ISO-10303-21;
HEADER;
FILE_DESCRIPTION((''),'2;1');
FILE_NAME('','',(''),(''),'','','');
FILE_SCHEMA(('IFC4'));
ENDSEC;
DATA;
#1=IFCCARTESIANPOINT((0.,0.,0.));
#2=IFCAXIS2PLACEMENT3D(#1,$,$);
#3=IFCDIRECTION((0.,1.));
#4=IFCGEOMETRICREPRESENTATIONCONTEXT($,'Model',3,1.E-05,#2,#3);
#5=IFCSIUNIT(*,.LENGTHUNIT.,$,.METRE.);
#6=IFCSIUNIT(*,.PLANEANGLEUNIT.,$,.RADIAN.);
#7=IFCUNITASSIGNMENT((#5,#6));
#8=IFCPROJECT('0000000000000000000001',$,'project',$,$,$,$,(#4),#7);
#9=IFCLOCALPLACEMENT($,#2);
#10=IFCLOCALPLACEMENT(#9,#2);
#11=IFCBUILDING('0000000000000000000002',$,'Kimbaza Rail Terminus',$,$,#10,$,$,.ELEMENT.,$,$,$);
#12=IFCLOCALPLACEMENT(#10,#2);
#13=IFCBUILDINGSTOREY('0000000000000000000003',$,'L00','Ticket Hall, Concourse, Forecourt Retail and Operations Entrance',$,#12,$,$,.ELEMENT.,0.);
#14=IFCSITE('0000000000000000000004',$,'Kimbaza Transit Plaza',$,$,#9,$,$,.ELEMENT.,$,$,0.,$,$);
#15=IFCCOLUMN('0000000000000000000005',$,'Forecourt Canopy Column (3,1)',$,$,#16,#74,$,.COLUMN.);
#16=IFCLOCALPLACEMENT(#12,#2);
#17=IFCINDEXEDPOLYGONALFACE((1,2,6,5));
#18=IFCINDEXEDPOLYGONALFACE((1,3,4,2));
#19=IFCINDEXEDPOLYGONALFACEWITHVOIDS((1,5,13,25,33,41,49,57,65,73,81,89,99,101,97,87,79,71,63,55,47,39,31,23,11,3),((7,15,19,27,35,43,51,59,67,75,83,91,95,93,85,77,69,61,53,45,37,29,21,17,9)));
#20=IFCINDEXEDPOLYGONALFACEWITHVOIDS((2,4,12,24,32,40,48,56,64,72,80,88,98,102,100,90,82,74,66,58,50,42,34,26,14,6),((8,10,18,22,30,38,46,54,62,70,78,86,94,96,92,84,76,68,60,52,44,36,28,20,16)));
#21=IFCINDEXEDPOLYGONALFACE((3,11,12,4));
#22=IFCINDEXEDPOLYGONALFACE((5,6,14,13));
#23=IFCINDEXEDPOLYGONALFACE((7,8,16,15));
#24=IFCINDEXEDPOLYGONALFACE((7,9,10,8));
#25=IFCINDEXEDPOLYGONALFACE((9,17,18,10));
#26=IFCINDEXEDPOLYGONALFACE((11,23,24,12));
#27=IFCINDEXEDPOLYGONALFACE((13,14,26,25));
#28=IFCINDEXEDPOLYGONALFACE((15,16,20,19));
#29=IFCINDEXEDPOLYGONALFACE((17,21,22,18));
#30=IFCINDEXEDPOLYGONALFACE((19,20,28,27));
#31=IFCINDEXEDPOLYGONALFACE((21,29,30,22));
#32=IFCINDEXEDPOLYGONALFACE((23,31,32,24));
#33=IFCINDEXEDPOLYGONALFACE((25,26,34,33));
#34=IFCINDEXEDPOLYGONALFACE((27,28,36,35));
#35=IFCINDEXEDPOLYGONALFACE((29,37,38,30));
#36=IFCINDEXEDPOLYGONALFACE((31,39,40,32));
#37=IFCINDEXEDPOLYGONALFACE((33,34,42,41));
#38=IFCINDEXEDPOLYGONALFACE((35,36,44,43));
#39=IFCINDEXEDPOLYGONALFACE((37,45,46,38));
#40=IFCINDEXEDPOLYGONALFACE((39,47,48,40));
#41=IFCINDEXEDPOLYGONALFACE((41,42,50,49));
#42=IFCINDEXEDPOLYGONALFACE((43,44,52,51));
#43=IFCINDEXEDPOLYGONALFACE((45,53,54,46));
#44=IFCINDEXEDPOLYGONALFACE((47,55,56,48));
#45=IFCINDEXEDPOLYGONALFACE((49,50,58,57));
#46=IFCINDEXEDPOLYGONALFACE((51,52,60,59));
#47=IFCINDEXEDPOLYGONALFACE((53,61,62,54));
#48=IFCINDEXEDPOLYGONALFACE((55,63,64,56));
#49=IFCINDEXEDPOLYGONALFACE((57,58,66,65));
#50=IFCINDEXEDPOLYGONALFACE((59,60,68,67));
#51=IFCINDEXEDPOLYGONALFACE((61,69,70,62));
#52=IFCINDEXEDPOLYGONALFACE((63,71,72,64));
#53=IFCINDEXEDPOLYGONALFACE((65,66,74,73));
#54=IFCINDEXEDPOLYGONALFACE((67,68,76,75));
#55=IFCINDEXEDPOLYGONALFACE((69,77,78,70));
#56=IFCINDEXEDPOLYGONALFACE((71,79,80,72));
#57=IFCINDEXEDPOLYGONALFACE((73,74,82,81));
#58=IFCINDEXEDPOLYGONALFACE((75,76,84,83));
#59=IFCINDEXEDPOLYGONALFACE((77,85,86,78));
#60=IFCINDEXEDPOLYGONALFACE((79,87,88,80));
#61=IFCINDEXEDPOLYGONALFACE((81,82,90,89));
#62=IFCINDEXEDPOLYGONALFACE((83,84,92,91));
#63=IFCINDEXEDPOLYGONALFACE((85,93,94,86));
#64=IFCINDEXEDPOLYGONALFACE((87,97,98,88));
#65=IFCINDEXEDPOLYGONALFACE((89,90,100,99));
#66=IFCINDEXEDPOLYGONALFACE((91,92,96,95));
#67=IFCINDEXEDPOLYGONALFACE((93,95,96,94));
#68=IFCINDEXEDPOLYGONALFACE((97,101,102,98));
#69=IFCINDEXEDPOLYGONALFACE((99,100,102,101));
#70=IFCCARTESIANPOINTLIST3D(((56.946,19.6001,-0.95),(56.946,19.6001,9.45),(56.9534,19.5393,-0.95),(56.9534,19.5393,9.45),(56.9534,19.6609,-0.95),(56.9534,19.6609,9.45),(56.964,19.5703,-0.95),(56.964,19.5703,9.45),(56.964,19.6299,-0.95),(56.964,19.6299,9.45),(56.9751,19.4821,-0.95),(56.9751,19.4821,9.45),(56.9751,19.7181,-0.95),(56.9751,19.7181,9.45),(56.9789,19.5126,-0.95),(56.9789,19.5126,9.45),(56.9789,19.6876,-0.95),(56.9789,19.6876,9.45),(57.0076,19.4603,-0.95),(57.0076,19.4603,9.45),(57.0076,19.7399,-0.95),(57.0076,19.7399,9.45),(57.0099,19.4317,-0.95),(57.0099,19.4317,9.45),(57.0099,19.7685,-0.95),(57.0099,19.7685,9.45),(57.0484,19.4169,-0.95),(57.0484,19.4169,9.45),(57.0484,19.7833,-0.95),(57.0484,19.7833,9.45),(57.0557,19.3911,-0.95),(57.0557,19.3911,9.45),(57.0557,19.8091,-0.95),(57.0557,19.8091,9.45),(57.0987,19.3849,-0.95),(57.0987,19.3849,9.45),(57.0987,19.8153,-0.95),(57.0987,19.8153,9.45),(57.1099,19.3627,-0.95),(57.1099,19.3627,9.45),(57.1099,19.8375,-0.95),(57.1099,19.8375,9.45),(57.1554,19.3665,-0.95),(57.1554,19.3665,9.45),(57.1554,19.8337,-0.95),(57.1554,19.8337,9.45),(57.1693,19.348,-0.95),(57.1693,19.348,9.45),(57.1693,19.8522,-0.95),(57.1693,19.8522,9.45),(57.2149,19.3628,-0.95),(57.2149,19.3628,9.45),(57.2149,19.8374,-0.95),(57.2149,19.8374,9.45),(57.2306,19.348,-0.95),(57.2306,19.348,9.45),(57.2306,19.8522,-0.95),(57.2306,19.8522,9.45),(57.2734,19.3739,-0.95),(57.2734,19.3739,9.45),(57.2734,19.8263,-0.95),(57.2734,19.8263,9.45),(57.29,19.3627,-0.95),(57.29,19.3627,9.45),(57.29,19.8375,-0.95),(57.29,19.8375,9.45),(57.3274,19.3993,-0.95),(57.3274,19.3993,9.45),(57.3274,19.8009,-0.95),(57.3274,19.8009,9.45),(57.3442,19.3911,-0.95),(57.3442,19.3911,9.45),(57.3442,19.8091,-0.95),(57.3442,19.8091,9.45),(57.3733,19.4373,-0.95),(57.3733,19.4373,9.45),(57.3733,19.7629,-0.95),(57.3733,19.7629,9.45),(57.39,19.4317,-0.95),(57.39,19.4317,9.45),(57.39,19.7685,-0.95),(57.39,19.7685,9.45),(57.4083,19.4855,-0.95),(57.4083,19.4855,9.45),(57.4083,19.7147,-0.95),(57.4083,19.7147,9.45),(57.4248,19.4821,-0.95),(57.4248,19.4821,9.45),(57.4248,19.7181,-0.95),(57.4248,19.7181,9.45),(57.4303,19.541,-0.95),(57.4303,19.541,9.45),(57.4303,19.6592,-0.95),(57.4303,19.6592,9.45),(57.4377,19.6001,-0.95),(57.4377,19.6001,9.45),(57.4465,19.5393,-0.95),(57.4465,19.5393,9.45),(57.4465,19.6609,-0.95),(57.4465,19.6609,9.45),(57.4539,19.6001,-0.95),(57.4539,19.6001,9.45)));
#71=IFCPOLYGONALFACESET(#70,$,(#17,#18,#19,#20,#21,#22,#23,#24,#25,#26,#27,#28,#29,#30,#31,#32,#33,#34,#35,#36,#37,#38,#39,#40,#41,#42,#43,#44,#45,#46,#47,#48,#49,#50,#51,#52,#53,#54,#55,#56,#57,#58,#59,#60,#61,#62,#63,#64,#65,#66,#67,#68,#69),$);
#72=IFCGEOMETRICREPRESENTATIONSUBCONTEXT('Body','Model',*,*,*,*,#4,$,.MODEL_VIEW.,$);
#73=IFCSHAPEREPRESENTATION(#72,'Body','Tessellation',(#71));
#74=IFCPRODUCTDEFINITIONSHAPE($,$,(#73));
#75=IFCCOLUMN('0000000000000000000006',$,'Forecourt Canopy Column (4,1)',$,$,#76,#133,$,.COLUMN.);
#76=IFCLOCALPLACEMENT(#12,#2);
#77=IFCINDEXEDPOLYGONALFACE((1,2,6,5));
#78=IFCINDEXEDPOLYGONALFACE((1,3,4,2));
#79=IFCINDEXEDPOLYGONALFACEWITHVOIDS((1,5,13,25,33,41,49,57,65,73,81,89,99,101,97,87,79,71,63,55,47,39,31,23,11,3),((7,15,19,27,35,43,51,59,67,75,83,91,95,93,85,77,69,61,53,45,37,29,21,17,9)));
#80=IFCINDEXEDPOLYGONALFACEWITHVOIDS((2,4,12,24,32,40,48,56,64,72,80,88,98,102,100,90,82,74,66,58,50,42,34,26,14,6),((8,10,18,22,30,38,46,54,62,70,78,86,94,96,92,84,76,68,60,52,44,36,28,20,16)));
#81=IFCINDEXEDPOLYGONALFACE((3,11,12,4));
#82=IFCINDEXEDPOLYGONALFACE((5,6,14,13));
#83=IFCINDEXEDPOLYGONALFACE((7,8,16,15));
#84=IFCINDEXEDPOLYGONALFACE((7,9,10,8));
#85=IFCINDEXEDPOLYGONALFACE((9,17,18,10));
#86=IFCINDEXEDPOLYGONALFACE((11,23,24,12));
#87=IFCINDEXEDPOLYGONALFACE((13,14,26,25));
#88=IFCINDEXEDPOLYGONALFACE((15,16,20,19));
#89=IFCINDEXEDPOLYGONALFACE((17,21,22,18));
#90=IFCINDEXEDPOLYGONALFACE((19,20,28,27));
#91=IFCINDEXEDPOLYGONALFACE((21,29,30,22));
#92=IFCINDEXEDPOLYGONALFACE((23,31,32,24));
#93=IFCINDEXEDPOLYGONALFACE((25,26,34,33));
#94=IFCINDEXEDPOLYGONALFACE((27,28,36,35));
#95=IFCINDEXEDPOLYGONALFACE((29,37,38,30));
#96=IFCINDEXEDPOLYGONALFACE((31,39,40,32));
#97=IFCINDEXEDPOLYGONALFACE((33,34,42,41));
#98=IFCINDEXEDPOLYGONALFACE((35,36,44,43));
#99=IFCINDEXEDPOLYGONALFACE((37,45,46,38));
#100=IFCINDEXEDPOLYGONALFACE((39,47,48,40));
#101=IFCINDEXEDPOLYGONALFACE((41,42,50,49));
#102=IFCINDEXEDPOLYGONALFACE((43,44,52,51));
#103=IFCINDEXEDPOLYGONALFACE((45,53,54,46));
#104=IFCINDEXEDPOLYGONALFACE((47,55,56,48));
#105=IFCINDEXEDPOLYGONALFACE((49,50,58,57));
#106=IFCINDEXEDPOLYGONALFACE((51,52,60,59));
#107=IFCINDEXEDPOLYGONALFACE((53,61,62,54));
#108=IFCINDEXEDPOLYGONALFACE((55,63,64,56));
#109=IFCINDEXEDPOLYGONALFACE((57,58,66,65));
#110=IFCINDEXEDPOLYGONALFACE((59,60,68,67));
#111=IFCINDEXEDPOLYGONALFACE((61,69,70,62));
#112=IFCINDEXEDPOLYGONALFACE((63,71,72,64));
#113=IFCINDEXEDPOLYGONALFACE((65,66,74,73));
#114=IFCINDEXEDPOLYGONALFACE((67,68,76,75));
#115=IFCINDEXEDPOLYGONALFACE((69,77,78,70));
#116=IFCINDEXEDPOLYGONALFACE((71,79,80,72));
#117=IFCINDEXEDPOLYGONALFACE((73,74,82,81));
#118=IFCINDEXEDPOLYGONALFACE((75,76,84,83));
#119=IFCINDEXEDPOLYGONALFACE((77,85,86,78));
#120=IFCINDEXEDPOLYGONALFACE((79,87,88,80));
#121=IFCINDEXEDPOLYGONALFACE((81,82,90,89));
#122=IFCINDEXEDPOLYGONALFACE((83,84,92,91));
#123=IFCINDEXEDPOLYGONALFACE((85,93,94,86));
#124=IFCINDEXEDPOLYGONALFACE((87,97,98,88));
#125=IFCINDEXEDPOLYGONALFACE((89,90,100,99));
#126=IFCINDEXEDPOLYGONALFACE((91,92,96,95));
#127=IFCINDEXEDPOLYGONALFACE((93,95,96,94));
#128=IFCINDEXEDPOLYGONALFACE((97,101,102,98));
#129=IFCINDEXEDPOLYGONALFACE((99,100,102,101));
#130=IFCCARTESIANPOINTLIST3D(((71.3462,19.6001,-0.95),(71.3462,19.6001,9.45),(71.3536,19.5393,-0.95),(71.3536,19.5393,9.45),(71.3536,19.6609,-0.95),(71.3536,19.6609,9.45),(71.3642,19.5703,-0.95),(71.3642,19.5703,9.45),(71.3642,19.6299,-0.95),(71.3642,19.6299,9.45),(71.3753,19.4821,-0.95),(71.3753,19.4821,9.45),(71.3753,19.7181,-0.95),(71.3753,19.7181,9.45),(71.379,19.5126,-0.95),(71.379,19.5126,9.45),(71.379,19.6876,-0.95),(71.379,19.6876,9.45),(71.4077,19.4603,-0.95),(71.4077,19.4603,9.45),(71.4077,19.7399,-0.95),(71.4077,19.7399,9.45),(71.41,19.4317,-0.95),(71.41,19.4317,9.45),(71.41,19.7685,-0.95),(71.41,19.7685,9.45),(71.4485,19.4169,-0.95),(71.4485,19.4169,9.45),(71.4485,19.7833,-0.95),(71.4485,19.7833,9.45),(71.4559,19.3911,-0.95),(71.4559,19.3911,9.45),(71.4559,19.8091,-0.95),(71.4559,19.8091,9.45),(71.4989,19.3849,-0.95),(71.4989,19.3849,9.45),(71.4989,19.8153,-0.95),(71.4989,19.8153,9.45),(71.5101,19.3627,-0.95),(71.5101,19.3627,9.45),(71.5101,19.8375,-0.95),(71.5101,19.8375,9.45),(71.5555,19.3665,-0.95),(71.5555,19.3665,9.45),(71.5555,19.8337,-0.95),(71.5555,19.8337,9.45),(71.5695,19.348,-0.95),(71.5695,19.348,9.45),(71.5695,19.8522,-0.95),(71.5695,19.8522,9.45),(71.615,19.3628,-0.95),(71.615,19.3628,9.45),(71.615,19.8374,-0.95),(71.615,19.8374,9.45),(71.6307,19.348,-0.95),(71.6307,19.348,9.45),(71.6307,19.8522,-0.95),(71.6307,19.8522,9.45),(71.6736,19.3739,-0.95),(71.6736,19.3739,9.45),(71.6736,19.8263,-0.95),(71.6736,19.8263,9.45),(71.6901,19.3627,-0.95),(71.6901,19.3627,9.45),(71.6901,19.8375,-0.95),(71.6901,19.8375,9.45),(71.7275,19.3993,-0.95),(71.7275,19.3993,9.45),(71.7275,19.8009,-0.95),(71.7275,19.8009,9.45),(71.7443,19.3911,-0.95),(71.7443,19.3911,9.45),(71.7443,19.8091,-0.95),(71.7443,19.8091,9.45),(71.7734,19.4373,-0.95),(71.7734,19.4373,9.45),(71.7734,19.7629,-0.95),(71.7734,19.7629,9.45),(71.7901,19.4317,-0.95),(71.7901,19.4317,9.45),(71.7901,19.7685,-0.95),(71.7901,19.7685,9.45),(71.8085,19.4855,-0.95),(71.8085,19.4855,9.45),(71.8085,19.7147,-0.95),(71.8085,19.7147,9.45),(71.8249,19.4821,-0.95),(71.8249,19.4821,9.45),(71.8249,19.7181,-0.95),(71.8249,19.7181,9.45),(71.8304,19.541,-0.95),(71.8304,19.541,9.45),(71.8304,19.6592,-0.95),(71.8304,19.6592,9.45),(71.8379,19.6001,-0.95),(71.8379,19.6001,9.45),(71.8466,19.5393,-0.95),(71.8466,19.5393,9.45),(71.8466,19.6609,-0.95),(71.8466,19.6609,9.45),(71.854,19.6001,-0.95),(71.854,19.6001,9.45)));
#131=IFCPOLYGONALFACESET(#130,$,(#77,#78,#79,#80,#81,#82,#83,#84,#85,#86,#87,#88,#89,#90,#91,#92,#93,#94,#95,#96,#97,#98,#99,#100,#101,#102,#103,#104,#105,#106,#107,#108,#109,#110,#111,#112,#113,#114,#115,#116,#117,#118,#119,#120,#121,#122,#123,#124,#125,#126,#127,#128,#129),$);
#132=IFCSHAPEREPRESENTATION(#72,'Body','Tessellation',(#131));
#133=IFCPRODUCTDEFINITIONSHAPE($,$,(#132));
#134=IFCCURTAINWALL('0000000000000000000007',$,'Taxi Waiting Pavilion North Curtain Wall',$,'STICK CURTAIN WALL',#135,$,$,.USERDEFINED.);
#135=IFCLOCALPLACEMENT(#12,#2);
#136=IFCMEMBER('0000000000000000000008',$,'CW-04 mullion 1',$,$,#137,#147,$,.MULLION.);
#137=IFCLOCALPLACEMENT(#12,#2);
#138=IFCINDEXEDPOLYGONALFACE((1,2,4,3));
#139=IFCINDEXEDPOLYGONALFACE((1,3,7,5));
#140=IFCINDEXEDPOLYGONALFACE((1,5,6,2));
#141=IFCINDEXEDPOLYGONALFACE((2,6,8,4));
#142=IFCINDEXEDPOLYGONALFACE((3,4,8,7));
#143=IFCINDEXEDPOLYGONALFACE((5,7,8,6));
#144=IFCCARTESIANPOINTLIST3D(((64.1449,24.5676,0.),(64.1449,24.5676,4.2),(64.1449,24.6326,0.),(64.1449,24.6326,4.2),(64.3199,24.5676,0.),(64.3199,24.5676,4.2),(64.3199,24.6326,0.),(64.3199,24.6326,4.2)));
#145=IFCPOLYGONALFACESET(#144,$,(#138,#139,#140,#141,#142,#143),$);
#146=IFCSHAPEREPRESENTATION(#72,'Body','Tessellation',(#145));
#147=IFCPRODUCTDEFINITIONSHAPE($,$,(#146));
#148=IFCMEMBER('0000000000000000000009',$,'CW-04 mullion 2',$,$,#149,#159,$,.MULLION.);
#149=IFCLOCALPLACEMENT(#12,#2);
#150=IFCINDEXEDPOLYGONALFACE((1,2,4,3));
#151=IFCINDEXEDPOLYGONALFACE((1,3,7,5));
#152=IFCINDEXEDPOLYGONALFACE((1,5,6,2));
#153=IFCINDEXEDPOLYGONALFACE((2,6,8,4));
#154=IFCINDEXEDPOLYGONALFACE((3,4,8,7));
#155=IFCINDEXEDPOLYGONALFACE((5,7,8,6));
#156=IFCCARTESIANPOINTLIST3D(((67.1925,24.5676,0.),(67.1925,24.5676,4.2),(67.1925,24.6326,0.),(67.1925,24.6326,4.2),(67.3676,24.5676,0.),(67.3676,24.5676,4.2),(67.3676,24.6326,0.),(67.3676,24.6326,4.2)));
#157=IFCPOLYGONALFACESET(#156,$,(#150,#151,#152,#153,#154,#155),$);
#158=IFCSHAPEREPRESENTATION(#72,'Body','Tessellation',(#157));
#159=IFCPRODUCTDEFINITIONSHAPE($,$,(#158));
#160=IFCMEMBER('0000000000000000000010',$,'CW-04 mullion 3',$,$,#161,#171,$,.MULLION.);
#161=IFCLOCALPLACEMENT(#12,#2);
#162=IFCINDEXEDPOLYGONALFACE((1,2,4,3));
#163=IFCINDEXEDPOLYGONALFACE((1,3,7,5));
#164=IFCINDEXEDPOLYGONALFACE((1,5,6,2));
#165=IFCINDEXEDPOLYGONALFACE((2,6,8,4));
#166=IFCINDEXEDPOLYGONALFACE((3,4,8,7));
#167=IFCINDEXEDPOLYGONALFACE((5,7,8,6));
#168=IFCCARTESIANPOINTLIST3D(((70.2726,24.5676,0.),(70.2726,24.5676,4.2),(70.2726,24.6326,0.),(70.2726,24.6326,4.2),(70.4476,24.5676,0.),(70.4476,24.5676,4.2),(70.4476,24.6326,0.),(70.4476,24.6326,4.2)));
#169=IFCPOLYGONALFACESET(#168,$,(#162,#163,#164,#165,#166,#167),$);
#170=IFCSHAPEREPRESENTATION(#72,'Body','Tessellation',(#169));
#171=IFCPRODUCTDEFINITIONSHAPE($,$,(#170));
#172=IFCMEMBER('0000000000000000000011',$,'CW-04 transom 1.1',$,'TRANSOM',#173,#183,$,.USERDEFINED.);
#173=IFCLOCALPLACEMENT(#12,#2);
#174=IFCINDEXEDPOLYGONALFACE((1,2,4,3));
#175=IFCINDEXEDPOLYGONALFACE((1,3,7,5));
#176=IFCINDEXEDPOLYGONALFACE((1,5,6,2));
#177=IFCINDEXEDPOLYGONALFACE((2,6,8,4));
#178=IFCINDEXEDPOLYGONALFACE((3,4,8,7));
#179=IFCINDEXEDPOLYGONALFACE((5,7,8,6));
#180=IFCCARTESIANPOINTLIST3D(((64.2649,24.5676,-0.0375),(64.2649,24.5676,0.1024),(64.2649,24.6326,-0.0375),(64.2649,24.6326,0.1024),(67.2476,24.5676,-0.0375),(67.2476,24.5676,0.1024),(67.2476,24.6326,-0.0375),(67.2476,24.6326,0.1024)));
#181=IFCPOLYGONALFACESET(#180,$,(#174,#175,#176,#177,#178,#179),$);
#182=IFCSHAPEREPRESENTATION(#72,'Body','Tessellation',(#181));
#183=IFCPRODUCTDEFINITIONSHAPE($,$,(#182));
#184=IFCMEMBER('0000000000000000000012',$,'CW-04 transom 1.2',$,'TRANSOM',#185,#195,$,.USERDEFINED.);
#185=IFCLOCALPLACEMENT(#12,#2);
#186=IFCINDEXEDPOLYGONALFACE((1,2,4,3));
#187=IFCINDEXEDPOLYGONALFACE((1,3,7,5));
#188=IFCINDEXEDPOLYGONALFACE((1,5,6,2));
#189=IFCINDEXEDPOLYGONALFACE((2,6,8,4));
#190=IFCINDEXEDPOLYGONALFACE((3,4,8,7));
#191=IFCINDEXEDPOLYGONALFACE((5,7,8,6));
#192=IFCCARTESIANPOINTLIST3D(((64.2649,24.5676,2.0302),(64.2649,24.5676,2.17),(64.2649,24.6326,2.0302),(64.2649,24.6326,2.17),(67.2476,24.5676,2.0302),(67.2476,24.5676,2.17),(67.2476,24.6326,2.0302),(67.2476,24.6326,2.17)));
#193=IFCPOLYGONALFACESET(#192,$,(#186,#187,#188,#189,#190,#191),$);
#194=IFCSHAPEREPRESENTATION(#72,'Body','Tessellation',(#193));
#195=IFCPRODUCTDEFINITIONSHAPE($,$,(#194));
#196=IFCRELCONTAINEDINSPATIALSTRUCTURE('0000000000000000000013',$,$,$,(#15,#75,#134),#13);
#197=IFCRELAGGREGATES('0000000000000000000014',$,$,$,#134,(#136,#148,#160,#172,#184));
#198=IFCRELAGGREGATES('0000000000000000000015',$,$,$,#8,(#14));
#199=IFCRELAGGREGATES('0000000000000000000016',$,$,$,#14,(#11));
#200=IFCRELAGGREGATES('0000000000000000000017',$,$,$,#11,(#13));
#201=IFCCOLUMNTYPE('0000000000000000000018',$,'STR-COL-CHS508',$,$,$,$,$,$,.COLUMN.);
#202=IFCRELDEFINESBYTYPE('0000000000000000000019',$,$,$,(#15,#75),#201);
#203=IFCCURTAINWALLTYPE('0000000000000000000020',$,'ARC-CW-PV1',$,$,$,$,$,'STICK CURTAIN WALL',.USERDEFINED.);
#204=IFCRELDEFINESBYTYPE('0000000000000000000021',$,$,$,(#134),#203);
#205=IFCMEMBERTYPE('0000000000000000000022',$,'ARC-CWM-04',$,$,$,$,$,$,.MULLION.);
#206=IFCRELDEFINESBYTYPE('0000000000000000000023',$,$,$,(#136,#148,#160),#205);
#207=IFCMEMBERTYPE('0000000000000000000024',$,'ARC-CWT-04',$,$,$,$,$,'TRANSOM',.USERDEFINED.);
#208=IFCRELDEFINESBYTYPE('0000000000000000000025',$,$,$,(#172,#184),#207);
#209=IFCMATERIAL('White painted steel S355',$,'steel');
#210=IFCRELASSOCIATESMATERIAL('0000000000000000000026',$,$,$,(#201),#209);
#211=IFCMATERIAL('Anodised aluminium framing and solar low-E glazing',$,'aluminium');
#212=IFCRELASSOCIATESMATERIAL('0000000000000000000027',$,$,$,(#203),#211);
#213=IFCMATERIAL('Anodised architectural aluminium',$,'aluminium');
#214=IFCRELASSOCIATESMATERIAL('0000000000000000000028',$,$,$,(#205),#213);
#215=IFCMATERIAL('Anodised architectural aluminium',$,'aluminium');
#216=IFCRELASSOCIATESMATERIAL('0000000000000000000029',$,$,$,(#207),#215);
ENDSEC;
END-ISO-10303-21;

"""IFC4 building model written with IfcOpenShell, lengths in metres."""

from ifc_helpers import new_model, si_unit, direction, frame, origin, origin_2d, place, context, subcontext, project, spatial, rectangle, hollow_circle, extrude, material, material_profile, profile_set, type_object, element, aggregate, save


model = new_model("IFC4")

# Units and contexts
model_context = context("Model", 3, precision=1e-05, world=origin(), true_north=direction((0.0, 1.0)))
body_context = subcontext(model_context, "Body", "Model", "MODEL_VIEW")
ifc_project = project(units=[si_unit("LENGTHUNIT", "METRE"), si_unit("PLANEANGLEUNIT", "RADIAN")], contexts=[model_context])

# Site, building, storey
site_placement = place(None, origin())
site = spatial("IfcSite", under=ifc_project, at=site_placement, Name="Kimbaza Transit Plaza", CompositionType="ELEMENT", RefElevation=0.0)
building_placement = place(site_placement, origin())
building = spatial("IfcBuilding", under=site, at=building_placement, Name="Kimbaza Rail Terminus", CompositionType="ELEMENT")
storey_placement = place(building_placement, origin())
storey = spatial("IfcBuildingStorey", under=building, at=storey_placement, Name="L00", Description="Ticket Hall, Concourse, Forecourt Retail and Operations Entrance", CompositionType="ELEMENT", Elevation=0.0)

# Columns
ifc_material_1 = material(Name="White painted steel S355", Category="steel")
ifc_material_profile_1 = material_profile(ifc_material_1, hollow_circle(Radius=0.2539, WallThickness=0.0161, at=origin_2d()), Name="CHS 508x16")
ifc_profile_set_1 = profile_set([ifc_material_profile_1], Name="White painted steel S355")
column_type = type_object("IfcColumnType", Name="STR-COL-CHS508", PredefinedType="COLUMN", material=ifc_profile_set_1)
for number, where, z_axis, x_axis, name in (
    (1, (57.2, 19.6001, -0.95), (0.0, 0.0, 1.0), (1.0, 0.0, 0.0), "Forecourt Canopy Column (3,1)"),
    (2, (71.6001, 19.6001, -0.95), (0.0, 0.0, 1.0), (1.0, 0.0, 0.0), "Forecourt Canopy Column (4,1)"),
):
    element("IfcColumn", number, at=place(storey_placement, frame(where, z_axis=z_axis, x_axis=x_axis)), inside=storey, type_object=column_type, Name=name, PredefinedType="COLUMN", context=body_context, shape_type="SweptSolid", body=[
        extrude(hollow_circle(Radius=0.2539, WallThickness=0.0161, at=origin_2d()), origin(), (0.0, 0.0, 1.0), 10.3999),
    ])

# Curtain wall, members
ifc_material_2 = material(Name="Anodised aluminium framing and solar low-E glazing", Category="aluminium")
curtain_wall_type = type_object("IfcCurtainWallType", Name="ARC-CW-PV1", ElementType="STICK CURTAIN WALL", PredefinedType="USERDEFINED", material=ifc_material_2)
curtain_wall_1_placement = place(storey_placement, origin())
curtain_wall_1 = element("IfcCurtainWall", 3, at=curtain_wall_1_placement, inside=storey, type_object=curtain_wall_type, Name="Taxi Waiting Pavilion North Curtain Wall", ObjectType="STICK CURTAIN WALL", PredefinedType="USERDEFINED")
ifc_material_3 = material(Name="Anodised architectural aluminium", Category="aluminium")
ifc_material_profile_2 = material_profile(ifc_material_3, rectangle(XDim=0.0649, YDim=0.175, at=origin_2d()), Name="MULLION 65x175")
ifc_profile_set_2 = profile_set([ifc_material_profile_2], Name="Anodised architectural aluminium")
member_type_1 = type_object("IfcMemberType", Name="ARC-CWM-04", PredefinedType="MULLION", material=ifc_profile_set_2)
member_1_placement = place(storey_placement, frame((64.2324, 24.6001, 0.0), z_axis=(0.0, 0.0, 1.0), x_axis=(0.0, 1.0, 0.0)))
member_1 = element("IfcMember", 4, at=member_1_placement, type_object=member_type_1, Name="CW-04 mullion 1", PredefinedType="MULLION", context=body_context, shape_type="SweptSolid", body=[
    extrude(rectangle(XDim=0.0649, YDim=0.175, at=origin_2d()), origin(), (0.0, 0.0, 1.0), 4.2),
])
member_2_placement = place(storey_placement, frame((67.28, 24.6001, 0.0), z_axis=(0.0, 0.0, 1.0), x_axis=(0.0, 1.0, 0.0)))
member_2 = element("IfcMember", 5, at=member_2_placement, type_object=member_type_1, Name="CW-04 mullion 2", PredefinedType="MULLION", context=body_context, shape_type="SweptSolid", body=[
    extrude(rectangle(XDim=0.0649, YDim=0.175, at=origin_2d()), origin(), (0.0, 0.0, 1.0), 4.2),
])
member_3_placement = place(storey_placement, frame((70.3601, 24.6001, 0.0), z_axis=(0.0, 0.0, 1.0), x_axis=(0.0, 1.0, 0.0)))
member_3 = element("IfcMember", 6, at=member_3_placement, type_object=member_type_1, Name="CW-04 mullion 3", PredefinedType="MULLION", context=body_context, shape_type="SweptSolid", body=[
    extrude(rectangle(XDim=0.0649, YDim=0.175, at=origin_2d()), origin(), (0.0, 0.0, 1.0), 4.2),
])
ifc_material_4 = material(Name="Anodised architectural aluminium", Category="aluminium")
ifc_material_profile_3 = material_profile(ifc_material_4, rectangle(XDim=0.0649, YDim=0.1399, at=origin_2d()), Name="TRANSOM 65x140")
ifc_profile_set_3 = profile_set([ifc_material_profile_3], Name="Anodised architectural aluminium")
member_type_2 = type_object("IfcMemberType", Name="ARC-CWT-04", ElementType="TRANSOM", PredefinedType="USERDEFINED", material=ifc_profile_set_3)
member_4_placement = place(storey_placement, frame((64.2649, 24.6001, 0.0325), z_axis=(1.0, 0.0, 0.0), x_axis=(0.0, 1.0, 0.0)))
member_4 = element("IfcMember", 7, at=member_4_placement, type_object=member_type_2, Name="CW-04 transom 1.1", ObjectType="TRANSOM", PredefinedType="USERDEFINED", context=body_context, shape_type="SweptSolid", body=[
    extrude(rectangle(XDim=0.0649, YDim=0.1399, at=origin_2d()), origin(), (0.0, 0.0, 1.0), 2.9827),
])
member_5_placement = place(storey_placement, frame((64.2649, 24.6001, 2.1001), z_axis=(1.0, 0.0, 0.0), x_axis=(0.0, 1.0, 0.0)))
member_5 = element("IfcMember", 8, at=member_5_placement, type_object=member_type_2, Name="CW-04 transom 1.2", ObjectType="TRANSOM", PredefinedType="USERDEFINED", context=body_context, shape_type="SweptSolid", body=[
    extrude(rectangle(XDim=0.0649, YDim=0.1399, at=origin_2d()), origin(), (0.0, 0.0, 1.0), 2.9827),
])

aggregate(curtain_wall_1, [member_1, member_2, member_3, member_4, member_5])

save(model, "model.ifc")
